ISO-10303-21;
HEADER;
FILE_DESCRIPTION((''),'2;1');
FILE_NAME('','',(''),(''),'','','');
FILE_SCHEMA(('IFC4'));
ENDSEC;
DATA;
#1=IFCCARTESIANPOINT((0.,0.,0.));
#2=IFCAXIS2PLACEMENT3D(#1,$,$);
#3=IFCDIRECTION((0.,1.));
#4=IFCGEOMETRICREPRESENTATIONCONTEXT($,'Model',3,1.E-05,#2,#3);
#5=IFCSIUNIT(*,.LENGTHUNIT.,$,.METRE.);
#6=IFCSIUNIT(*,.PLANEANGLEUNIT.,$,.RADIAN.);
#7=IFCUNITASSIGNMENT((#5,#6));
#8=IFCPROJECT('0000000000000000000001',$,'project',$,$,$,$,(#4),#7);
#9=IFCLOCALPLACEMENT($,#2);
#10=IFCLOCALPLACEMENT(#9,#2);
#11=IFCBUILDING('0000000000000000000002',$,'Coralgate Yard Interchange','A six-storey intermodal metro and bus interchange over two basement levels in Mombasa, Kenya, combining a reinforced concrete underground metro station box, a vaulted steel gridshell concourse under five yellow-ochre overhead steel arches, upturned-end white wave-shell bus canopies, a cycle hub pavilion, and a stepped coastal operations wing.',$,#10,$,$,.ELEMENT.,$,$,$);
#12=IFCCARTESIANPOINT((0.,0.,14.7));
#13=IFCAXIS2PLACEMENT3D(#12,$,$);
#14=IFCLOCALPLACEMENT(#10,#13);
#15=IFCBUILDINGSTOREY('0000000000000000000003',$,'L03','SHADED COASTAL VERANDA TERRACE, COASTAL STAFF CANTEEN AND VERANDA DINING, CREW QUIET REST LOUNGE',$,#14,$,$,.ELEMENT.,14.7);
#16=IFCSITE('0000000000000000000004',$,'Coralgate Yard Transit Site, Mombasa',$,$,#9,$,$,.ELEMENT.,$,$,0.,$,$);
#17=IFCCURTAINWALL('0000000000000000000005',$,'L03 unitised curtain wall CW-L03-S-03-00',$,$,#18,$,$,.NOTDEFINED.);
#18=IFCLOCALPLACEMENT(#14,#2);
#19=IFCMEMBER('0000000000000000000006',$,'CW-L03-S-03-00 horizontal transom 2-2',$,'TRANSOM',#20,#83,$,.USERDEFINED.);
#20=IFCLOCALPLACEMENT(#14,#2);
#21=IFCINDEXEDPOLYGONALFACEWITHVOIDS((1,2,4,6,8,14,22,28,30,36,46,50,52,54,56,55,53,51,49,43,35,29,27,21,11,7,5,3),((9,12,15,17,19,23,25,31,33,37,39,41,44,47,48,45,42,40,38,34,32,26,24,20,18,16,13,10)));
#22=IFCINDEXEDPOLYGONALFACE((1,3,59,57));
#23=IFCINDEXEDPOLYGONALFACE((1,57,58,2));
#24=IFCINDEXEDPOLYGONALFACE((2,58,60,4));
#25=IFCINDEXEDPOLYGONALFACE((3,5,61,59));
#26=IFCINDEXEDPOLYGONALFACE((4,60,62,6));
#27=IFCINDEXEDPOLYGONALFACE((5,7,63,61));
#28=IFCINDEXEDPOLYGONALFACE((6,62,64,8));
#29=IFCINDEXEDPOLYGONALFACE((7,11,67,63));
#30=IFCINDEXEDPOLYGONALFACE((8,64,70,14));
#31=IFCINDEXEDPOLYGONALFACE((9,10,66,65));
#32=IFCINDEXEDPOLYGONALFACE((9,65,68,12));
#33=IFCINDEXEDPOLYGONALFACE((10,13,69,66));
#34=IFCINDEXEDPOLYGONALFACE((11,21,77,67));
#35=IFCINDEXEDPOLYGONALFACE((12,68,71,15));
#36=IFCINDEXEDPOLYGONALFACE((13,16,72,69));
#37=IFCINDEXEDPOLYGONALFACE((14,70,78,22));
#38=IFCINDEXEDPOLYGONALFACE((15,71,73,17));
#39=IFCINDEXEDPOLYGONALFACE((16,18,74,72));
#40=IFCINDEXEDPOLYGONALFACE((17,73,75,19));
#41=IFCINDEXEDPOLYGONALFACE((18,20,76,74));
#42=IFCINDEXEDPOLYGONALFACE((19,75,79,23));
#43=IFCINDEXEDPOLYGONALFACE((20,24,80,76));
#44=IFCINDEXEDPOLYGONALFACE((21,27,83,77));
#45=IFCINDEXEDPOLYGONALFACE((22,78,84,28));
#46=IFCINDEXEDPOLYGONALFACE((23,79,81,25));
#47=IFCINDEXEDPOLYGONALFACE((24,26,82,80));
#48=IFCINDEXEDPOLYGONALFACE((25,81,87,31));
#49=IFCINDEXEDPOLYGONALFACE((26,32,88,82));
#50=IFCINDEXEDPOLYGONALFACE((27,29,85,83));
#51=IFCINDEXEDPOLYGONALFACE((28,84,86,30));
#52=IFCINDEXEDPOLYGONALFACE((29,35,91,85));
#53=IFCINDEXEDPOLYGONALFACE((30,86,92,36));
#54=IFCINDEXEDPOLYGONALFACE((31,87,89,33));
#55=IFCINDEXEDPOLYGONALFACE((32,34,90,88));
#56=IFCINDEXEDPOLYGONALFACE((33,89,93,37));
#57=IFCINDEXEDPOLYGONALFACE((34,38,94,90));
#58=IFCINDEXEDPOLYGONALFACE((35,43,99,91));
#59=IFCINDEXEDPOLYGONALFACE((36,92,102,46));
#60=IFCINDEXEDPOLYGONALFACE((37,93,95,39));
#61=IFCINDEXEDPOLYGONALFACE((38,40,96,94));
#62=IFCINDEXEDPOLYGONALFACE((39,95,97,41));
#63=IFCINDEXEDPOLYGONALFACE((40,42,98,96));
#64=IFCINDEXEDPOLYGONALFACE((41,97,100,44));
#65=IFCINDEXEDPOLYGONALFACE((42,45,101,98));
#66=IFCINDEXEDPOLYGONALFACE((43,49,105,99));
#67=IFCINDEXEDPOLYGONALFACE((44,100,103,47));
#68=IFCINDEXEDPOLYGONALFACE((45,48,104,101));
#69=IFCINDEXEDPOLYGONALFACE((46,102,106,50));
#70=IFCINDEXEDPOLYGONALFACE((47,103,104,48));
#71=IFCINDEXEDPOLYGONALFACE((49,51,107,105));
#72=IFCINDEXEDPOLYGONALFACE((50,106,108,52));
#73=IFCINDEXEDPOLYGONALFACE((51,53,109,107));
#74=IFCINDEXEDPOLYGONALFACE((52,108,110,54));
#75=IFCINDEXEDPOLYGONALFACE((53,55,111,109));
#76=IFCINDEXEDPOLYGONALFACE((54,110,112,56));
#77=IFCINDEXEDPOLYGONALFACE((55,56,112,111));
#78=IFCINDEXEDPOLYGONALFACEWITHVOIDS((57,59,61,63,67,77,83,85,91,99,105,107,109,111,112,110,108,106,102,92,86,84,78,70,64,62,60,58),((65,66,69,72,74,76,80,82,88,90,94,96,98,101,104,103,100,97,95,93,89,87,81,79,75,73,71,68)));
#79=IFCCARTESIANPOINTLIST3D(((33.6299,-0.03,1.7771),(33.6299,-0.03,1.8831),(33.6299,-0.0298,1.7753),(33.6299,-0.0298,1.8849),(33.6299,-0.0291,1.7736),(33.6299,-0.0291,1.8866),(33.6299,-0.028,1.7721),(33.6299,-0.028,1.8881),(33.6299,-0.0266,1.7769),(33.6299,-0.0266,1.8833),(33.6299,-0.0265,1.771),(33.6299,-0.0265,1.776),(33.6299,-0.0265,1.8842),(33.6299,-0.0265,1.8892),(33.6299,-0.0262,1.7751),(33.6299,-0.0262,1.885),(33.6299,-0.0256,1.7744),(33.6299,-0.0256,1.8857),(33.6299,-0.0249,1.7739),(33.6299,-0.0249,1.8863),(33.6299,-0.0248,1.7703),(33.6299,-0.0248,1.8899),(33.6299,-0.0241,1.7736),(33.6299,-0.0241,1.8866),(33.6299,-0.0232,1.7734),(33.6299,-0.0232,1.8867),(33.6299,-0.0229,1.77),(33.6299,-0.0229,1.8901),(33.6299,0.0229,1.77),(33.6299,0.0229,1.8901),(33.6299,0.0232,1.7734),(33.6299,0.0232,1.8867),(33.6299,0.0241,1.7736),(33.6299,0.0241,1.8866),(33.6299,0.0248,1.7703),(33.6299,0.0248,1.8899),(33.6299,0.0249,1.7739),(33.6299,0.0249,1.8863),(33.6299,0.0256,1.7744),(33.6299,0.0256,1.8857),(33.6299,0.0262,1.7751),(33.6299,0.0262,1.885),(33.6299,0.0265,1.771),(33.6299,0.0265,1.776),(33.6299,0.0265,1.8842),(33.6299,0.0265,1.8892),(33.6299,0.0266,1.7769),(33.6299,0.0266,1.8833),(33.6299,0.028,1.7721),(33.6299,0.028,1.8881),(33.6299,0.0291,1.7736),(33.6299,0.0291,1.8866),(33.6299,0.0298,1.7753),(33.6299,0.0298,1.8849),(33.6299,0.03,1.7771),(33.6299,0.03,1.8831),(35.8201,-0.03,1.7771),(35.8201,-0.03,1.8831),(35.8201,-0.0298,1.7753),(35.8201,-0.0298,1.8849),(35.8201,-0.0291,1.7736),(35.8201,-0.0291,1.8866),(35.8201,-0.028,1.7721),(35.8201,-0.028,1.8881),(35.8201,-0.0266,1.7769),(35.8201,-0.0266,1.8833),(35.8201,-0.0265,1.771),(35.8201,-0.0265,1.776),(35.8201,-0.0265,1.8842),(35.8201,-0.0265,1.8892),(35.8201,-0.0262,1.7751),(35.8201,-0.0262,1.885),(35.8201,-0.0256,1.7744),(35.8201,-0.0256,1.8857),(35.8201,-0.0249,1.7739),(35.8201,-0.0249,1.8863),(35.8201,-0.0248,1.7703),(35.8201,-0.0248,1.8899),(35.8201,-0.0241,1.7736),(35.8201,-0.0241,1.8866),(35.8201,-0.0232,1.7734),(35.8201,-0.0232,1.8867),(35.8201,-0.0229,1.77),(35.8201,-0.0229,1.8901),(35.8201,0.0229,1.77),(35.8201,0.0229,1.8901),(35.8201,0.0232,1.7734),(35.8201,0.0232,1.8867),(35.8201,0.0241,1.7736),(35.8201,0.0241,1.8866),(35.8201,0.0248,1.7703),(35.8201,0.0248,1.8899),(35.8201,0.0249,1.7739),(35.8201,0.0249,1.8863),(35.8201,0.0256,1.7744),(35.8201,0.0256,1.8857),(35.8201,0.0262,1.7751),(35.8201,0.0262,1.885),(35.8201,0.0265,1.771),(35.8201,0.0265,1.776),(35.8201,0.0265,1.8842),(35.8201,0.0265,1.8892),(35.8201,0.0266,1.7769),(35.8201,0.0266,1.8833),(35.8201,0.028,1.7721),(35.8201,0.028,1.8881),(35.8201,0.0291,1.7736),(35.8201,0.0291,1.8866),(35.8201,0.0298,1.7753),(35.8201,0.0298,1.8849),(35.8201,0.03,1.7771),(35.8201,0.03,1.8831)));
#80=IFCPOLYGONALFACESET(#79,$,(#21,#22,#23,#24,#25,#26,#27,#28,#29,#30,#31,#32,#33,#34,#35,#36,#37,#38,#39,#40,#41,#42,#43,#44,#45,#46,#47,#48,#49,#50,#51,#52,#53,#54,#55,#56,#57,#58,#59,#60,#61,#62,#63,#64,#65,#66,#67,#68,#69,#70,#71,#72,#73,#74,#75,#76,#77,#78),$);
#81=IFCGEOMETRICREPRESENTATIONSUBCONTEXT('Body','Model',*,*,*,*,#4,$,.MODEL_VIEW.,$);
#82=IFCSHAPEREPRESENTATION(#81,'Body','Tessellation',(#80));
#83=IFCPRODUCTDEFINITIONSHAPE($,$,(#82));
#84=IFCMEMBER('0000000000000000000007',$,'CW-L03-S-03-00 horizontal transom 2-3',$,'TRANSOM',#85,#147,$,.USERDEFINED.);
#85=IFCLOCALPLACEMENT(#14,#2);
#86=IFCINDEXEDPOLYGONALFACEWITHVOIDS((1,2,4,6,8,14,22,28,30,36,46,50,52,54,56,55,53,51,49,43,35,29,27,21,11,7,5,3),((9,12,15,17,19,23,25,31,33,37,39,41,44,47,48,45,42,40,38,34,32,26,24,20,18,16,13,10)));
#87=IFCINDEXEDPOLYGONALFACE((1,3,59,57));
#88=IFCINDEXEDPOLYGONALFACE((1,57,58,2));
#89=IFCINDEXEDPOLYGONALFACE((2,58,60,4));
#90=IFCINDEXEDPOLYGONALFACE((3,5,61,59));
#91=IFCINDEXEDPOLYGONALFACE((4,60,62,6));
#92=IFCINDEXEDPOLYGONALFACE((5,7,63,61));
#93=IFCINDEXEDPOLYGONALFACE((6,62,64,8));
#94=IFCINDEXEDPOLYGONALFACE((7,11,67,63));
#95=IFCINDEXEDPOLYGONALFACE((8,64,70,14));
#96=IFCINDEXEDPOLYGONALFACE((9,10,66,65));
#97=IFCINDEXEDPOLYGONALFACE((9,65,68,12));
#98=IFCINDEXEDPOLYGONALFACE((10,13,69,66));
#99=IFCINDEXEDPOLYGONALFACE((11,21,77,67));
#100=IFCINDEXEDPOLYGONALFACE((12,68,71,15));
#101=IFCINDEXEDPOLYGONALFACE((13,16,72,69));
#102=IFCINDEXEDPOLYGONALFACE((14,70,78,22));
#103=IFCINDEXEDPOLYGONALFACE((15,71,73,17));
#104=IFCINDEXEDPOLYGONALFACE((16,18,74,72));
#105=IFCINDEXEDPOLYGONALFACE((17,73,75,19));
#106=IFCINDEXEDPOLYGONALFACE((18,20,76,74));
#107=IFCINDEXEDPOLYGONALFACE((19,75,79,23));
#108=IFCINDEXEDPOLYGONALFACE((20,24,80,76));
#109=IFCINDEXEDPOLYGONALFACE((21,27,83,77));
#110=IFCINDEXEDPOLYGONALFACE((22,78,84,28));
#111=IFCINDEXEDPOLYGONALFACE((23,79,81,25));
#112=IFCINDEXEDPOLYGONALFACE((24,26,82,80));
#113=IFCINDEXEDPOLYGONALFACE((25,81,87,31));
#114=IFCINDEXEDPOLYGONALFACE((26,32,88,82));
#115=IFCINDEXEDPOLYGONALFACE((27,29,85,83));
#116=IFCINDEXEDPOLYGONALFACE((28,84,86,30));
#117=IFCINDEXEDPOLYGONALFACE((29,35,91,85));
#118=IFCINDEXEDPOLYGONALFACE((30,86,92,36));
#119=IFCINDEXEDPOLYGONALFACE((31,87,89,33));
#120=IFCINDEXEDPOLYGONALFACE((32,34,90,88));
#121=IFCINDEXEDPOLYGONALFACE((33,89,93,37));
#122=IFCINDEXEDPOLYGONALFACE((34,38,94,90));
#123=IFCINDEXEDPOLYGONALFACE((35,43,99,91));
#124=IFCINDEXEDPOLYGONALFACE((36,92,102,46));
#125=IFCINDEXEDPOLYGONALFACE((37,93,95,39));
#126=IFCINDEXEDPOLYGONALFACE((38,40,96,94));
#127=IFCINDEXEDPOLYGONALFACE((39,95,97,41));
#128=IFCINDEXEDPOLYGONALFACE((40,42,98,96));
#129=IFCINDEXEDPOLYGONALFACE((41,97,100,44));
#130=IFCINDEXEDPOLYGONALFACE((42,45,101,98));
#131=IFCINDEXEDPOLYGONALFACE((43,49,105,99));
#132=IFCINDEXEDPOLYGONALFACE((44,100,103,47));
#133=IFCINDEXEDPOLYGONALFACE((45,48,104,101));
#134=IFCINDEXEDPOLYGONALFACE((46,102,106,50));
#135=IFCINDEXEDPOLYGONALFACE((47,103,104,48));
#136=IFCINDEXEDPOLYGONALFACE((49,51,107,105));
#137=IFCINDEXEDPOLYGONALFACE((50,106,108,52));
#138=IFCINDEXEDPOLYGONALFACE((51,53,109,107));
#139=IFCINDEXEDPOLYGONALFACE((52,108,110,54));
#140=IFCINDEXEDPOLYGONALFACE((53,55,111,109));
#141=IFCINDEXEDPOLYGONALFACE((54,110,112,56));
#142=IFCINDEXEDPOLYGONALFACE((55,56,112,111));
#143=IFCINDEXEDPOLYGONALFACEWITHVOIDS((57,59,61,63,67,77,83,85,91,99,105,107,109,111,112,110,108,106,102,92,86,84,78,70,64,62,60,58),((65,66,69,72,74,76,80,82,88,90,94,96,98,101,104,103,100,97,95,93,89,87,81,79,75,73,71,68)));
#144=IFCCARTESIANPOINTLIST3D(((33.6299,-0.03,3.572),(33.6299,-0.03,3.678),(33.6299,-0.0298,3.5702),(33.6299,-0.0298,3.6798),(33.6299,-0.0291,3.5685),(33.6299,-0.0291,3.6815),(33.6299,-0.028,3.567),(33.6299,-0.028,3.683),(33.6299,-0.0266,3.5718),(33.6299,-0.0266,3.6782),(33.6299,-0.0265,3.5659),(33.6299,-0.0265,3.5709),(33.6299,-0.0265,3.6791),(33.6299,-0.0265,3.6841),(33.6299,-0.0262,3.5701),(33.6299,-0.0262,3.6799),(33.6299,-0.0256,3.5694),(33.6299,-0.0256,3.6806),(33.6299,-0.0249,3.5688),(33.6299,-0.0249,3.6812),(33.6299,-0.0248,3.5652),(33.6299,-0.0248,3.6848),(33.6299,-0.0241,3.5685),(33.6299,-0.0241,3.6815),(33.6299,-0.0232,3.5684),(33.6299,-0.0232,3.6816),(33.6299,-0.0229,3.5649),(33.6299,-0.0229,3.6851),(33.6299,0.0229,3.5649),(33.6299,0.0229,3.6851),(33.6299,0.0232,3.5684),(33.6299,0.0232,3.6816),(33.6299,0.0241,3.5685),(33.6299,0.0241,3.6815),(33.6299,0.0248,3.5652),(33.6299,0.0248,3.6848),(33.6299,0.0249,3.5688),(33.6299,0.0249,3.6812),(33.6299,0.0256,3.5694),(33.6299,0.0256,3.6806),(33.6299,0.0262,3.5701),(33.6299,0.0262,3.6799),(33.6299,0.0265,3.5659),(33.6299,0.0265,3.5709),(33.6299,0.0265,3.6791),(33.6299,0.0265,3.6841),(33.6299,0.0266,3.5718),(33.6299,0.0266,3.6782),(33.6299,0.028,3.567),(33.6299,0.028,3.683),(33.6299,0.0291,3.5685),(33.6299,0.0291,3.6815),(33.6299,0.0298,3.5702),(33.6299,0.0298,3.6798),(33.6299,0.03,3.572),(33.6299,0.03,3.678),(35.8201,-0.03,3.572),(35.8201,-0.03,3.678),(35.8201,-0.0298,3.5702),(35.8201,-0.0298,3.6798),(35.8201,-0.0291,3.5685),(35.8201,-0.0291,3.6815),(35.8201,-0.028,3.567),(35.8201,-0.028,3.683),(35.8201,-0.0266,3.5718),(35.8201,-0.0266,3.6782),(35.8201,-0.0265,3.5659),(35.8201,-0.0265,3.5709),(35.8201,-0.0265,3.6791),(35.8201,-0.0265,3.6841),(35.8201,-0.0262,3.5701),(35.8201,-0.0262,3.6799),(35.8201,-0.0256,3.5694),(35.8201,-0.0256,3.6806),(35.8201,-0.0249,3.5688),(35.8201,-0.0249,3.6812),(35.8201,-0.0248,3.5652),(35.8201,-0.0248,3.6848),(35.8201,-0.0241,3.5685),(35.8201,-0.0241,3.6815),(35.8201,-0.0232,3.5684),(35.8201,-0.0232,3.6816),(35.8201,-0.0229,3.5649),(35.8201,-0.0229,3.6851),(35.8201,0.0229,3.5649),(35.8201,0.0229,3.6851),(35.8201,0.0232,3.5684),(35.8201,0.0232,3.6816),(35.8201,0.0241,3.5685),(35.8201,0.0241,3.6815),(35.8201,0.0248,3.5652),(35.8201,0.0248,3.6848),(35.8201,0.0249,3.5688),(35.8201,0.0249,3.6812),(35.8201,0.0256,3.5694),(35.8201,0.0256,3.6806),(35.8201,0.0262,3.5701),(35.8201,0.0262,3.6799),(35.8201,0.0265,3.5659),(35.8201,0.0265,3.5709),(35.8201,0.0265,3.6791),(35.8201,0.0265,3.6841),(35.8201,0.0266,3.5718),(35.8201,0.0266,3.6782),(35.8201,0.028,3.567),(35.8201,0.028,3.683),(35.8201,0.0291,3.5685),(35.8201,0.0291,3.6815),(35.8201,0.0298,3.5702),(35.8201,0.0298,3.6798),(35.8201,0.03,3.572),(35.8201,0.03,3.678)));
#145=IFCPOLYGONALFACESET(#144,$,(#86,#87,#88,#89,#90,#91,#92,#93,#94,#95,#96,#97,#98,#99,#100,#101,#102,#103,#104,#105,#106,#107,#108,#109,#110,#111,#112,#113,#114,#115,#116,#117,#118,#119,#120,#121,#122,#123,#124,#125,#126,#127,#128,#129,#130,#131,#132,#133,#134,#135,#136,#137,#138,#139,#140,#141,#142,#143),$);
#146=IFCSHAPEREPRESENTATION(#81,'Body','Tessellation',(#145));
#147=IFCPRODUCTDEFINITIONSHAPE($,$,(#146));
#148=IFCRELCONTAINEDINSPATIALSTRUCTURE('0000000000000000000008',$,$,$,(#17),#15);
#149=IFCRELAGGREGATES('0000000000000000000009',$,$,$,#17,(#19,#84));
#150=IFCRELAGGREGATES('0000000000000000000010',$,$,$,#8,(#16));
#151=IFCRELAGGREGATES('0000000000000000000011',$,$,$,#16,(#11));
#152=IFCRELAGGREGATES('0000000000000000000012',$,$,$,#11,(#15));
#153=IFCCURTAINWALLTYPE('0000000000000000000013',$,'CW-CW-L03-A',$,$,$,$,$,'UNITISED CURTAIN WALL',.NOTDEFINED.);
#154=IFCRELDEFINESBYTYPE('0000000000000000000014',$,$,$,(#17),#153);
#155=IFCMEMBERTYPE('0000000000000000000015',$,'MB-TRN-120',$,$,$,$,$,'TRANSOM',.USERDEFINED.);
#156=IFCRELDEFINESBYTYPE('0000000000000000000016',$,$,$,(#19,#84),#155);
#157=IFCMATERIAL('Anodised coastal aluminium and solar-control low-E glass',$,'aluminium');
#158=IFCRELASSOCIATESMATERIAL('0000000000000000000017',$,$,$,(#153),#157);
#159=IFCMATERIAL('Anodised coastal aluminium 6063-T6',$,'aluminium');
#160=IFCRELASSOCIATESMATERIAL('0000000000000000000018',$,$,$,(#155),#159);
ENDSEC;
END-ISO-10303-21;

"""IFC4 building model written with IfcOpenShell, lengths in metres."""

from ifc_helpers import new_model, si_unit, direction, frame, origin, origin_2d, place, context, subcontext, project, spatial, hollow_rectangle, extrude, material, material_profile, profile_set, type_object, element, aggregate, save


model = new_model("IFC4")

# Units and contexts
model_context = context("Model", 3, precision=1e-05, world=origin(), true_north=direction((0.0, 1.0)))
body_context = subcontext(model_context, "Body", "Model", "MODEL_VIEW")
ifc_project = project(units=[si_unit("LENGTHUNIT", "METRE"), si_unit("PLANEANGLEUNIT", "RADIAN")], contexts=[model_context])

# Site, building, storey
site_placement = place(None, origin())
site = spatial("IfcSite", under=ifc_project, at=site_placement, Name="Coralgate Yard Transit Site, Mombasa", CompositionType="ELEMENT", RefElevation=0.0)
building_placement = place(site_placement, origin())
building = spatial("IfcBuilding", under=site, at=building_placement, Name="Coralgate Yard Interchange", Description="A six-storey intermodal metro and bus interchange over two basement levels in Mombasa, Kenya, combining a reinforced concrete underground metro station box, a vaulted steel gridshell concourse under five yellow-ochre overhead steel arches, upturned-end white wave-shell bus canopies, a cycle hub pavilion, and a stepped coastal operations wing.", CompositionType="ELEMENT")
storey_placement = place(building_placement, frame((0.0, 0.0, 14.7)))
storey = spatial("IfcBuildingStorey", under=building, at=storey_placement, Name="L03", Description="SHADED COASTAL VERANDA TERRACE, COASTAL STAFF CANTEEN AND VERANDA DINING, CREW QUIET REST LOUNGE", CompositionType="ELEMENT", Elevation=14.7)

# Curtain wall
ifc_material_1 = material(Name="Anodised coastal aluminium and solar-control low-E glass", Category="aluminium")
curtain_wall_type = type_object("IfcCurtainWallType", Name="CW-CW-L03-A", ElementType="UNITISED CURTAIN WALL", PredefinedType="NOTDEFINED", material=ifc_material_1)
curtain_wall_1_placement = place(storey_placement, origin())
curtain_wall_1 = element("IfcCurtainWall", 1, at=curtain_wall_1_placement, inside=storey, type_object=curtain_wall_type, Name="L03 unitised curtain wall CW-L03-S-03-00", PredefinedType="NOTDEFINED")
ifc_material_2 = material(Name="Anodised coastal aluminium 6063-T6", Category="aluminium")

# Members
ifc_material_profile_1 = material_profile(ifc_material_2, hollow_rectangle(XDim=0.0601, YDim=0.1201, WallThickness=0.0034, InnerFilletRadius=0.0034, OuterFilletRadius=0.0071, at=origin_2d()), Name="ALU 60x120x3.5")
ifc_profile_set_1 = profile_set([ifc_material_profile_1], Name="Anodised coastal aluminium 6063-T6")
member_type_1 = type_object("IfcMemberType", Name="MB-TRN-120", ElementType="TRANSOM", PredefinedType="USERDEFINED", material=ifc_profile_set_1)
member_1_placement = place(storey_placement, frame((35.8201, 0.0, 1.8301), z_axis=(-1.0, 0.0, 0.0), x_axis=(0.0, -1.0, 0.0)))
member_1 = element("IfcMember", 2, at=member_1_placement, type_object=member_type_1, Name="CW-L03-S-03-00 horizontal transom 2-2", ObjectType="TRANSOM", PredefinedType="USERDEFINED", context=body_context, shape_type="SweptSolid", body=[
    extrude(hollow_rectangle(XDim=0.0601, YDim=0.1201, WallThickness=0.0034, InnerFilletRadius=0.0034, OuterFilletRadius=0.0071, at=origin_2d()), origin(), (0.0, 0.0, 1.0), 2.1902),
])
member_2_placement = place(storey_placement, frame((35.8201, 0.0, 3.625), z_axis=(-1.0, 0.0, 0.0), x_axis=(0.0, -1.0, 0.0)))
member_2 = element("IfcMember", 3, at=member_2_placement, type_object=member_type_1, Name="CW-L03-S-03-00 horizontal transom 2-3", ObjectType="TRANSOM", PredefinedType="USERDEFINED", context=body_context, shape_type="SweptSolid", body=[
    extrude(hollow_rectangle(XDim=0.0601, YDim=0.1201, WallThickness=0.0034, InnerFilletRadius=0.0034, OuterFilletRadius=0.0071, at=origin_2d()), origin(), (0.0, 0.0, 1.0), 2.1902),
])

aggregate(curtain_wall_1, [member_1, member_2])

save(model, "model.ifc")
